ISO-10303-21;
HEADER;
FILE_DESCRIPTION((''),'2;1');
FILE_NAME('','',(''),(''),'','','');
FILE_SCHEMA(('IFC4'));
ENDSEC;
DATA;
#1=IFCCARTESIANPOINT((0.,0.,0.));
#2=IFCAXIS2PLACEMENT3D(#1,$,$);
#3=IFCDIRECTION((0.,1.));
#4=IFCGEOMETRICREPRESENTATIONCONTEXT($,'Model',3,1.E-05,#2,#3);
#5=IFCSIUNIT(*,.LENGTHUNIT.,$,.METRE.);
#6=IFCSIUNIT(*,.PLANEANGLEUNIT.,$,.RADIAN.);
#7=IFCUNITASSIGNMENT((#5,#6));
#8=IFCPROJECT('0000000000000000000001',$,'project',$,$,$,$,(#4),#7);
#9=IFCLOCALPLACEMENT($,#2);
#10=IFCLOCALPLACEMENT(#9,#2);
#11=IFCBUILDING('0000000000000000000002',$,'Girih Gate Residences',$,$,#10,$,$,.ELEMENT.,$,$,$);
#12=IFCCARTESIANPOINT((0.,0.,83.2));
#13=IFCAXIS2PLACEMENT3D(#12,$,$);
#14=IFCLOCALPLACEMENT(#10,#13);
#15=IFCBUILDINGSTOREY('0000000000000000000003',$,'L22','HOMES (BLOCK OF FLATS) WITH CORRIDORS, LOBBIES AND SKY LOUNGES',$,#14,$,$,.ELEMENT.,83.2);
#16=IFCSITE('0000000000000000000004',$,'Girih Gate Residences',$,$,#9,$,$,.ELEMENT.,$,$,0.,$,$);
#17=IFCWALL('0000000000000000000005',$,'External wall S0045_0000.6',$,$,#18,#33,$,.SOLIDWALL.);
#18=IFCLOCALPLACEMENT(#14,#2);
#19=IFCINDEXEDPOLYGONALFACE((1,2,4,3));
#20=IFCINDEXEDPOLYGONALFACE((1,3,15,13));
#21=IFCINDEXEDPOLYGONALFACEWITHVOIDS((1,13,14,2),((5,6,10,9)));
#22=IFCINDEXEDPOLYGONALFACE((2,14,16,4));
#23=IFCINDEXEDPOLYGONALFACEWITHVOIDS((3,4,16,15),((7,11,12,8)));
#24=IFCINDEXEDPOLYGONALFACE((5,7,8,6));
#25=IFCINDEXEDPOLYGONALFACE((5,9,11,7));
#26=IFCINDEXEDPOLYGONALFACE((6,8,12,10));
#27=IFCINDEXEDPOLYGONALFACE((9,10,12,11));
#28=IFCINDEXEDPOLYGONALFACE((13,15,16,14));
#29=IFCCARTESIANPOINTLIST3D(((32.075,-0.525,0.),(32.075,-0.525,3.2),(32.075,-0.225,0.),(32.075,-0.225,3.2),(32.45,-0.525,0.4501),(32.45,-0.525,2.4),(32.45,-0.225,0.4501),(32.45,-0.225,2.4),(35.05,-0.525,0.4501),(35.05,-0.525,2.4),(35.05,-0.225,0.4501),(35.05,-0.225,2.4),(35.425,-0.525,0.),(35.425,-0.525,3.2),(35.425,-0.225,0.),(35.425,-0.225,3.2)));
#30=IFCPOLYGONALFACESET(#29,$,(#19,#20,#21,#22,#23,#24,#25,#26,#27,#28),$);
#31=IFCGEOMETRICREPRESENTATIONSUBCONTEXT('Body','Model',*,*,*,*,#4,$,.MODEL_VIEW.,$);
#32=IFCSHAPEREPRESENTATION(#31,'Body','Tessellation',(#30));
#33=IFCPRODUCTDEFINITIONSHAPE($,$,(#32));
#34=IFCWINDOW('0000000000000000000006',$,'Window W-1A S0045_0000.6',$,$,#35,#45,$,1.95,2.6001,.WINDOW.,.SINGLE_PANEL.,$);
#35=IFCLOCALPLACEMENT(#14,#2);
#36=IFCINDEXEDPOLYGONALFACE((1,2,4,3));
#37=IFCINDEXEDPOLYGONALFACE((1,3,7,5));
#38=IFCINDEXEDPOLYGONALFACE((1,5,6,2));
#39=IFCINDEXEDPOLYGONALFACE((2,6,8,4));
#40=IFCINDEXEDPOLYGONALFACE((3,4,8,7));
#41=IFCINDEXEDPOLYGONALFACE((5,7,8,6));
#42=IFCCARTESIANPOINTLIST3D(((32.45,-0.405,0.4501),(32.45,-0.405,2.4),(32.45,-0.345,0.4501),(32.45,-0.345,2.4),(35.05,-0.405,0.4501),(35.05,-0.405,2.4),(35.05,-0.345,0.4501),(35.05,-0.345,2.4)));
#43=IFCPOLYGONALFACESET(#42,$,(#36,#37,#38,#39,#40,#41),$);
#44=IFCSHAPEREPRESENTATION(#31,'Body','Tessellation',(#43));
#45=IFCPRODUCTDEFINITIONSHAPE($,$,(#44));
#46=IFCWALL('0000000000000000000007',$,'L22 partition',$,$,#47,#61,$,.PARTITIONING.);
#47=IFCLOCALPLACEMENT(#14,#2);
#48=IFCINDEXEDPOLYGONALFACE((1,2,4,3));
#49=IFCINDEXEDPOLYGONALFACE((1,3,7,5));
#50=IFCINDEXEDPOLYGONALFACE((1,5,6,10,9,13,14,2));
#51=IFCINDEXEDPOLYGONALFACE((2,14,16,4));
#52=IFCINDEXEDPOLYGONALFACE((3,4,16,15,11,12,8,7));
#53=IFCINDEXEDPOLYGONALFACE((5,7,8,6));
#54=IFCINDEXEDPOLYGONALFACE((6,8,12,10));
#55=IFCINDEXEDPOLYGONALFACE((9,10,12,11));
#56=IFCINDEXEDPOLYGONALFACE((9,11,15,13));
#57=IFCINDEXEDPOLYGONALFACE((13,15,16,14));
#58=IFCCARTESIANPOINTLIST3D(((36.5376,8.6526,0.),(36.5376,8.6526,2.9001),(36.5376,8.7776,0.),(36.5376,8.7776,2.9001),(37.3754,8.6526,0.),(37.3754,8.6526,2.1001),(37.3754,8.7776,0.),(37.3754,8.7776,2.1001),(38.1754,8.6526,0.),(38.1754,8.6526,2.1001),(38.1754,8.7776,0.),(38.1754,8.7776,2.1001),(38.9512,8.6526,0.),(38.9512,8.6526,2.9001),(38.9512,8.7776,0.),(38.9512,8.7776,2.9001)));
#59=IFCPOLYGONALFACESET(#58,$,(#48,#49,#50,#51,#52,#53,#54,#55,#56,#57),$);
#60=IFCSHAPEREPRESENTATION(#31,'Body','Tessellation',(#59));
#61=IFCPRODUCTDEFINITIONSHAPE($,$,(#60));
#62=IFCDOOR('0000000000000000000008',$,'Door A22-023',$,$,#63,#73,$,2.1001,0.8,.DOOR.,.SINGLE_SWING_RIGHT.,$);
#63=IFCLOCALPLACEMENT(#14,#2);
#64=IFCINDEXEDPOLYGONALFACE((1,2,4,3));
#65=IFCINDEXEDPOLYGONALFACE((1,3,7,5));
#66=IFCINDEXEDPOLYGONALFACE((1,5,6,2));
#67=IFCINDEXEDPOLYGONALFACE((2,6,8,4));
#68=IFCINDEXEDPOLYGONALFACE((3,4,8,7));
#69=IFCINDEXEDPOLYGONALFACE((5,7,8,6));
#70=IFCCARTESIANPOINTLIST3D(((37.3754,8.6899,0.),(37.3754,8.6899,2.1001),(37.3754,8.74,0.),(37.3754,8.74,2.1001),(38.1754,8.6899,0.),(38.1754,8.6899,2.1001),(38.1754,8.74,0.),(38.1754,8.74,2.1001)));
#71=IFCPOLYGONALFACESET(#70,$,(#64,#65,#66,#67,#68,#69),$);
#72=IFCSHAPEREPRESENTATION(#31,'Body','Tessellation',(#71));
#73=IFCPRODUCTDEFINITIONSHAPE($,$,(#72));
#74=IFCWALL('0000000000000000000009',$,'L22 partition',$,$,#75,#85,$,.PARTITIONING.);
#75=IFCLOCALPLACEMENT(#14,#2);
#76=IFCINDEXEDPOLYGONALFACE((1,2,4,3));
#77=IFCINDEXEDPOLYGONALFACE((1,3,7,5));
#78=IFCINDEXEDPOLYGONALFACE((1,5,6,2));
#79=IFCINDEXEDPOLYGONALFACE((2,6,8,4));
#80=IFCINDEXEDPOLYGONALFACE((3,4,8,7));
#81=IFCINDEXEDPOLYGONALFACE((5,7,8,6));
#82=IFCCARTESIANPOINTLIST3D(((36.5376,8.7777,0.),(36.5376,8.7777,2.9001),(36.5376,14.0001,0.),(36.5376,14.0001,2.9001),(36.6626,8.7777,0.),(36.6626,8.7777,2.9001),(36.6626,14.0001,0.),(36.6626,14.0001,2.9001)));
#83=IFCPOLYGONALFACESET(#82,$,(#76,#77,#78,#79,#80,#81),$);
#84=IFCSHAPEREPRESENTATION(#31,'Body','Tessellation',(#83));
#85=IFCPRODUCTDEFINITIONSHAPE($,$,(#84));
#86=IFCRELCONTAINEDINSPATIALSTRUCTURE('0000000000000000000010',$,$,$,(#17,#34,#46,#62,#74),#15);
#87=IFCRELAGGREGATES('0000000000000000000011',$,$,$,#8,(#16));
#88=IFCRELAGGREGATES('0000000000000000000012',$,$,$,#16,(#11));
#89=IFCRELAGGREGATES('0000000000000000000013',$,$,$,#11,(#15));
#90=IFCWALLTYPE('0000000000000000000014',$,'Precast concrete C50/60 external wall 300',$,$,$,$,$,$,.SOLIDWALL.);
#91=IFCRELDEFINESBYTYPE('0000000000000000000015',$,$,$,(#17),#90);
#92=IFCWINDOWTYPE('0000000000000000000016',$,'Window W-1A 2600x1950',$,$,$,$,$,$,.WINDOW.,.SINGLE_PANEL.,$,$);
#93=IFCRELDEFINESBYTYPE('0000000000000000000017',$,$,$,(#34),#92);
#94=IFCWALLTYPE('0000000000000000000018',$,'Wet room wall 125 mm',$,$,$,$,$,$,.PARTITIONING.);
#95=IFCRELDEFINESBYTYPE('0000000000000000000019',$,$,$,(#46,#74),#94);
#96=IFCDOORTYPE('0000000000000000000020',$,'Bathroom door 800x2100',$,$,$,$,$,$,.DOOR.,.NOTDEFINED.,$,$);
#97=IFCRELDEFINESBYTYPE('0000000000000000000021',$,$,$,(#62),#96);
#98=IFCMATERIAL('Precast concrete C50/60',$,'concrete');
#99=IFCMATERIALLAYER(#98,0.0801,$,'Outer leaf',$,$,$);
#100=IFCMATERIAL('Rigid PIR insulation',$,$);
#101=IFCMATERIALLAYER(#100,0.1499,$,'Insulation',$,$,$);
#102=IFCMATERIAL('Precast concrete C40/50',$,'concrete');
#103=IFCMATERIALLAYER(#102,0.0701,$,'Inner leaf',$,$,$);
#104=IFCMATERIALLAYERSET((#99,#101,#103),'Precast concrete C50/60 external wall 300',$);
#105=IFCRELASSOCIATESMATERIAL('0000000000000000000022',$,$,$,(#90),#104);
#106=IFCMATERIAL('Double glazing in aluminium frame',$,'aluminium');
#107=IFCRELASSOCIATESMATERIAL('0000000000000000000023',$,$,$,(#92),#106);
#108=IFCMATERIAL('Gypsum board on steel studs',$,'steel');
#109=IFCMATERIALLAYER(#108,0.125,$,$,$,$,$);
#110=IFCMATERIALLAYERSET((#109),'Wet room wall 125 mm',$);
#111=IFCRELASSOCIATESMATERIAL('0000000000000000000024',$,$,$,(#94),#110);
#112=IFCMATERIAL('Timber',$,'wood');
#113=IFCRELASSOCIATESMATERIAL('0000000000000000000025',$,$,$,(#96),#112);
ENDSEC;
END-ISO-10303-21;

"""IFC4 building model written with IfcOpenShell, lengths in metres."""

from ifc_helpers import new_model, si_unit, direction, frame, frame_2d, origin, place, context, subcontext, project, spatial, rectangle, extrude, material, layer, layer_set, type_object, element, fill, save


model = new_model("IFC4")

# Units and contexts
model_context = context("Model", 3, precision=1e-05, world=origin(), true_north=direction((0.0, 1.0)))
body_context = subcontext(model_context, "Body", "Model", "MODEL_VIEW")
ifc_project = project(units=[si_unit("LENGTHUNIT", "METRE"), si_unit("PLANEANGLEUNIT", "RADIAN")], contexts=[model_context])

# Site, building, storey
site_placement = place(None, origin())
site = spatial("IfcSite", under=ifc_project, at=site_placement, Name="Girih Gate Residences", CompositionType="ELEMENT", RefElevation=0.0)
building_placement = place(site_placement, origin())
building = spatial("IfcBuilding", under=site, at=building_placement, Name="Girih Gate Residences", CompositionType="ELEMENT")
storey_placement = place(building_placement, frame((0.0, 0.0, 83.2)))
storey = spatial("IfcBuildingStorey", under=building, at=storey_placement, Name="L22", Description="HOMES (BLOCK OF FLATS) WITH CORRIDORS, LOBBIES AND SKY LOUNGES", CompositionType="ELEMENT", Elevation=83.2)

# Shared definitions
ifc_material_1 = material(Name="Gypsum board on steel studs", Category="steel")

# Shared definitions
ifc_material_2 = material(Name="Timber", Category="wood")

# Wall, opening, window
ifc_material_3 = material(Name="Precast concrete C50/60", Category="concrete")
ifc_layer_1 = layer(ifc_material_3, 0.0801, Name="Outer leaf")
ifc_material_4 = material(Name="Rigid PIR insulation")
ifc_layer_2 = layer(ifc_material_4, 0.1499, Name="Insulation")
ifc_material_5 = material(Name="Precast concrete C40/50", Category="concrete")
ifc_layer_3 = layer(ifc_material_5, 0.0701, Name="Inner leaf")
ifc_layer_set_1 = layer_set([ifc_layer_1, ifc_layer_2, ifc_layer_3], Name="Precast concrete C50/60 external wall 300")
wall_type_1 = type_object("IfcWallType", Name="Precast concrete C50/60 external wall 300", PredefinedType="SOLIDWALL", material=ifc_layer_set_1)
ifc_material_6 = material(Name="Double glazing in aluminium frame", Category="aluminium")
window_type = type_object("IfcWindowType", Name="Window W-1A 2600x1950", PartitioningType="SINGLE_PANEL", PredefinedType="WINDOW", material=ifc_material_6)
wall_1_placement = place(storey_placement, frame((35.425, -0.375, 0.0), z_axis=(0.0, 0.0, 1.0), x_axis=(-1.0, 0.0, 0.0)))
wall_1 = element("IfcWall", 1, at=wall_1_placement, inside=storey, type_object=wall_type_1, Name="External wall S0045_0000.6", PredefinedType="SOLIDWALL", context=body_context, shape_type="SweptSolid", body=[
    extrude(rectangle(XDim=3.3501, YDim=0.3, at=frame_2d((1.675, 0.0))), origin(), (0.0, 0.0, 1.0), 3.2),
])
opening_1_placement = place(wall_1_placement, frame((0.375, 0.0, 0.45)))
opening_1 = element("IfcOpeningElement", 2, at=opening_1_placement, cuts=wall_1, PredefinedType="OPENING", context=body_context, shape_type="SweptSolid", body=[
    extrude(rectangle(XDim=2.6001, YDim=1.95, at=frame_2d((1.3, 0.9751))), frame((0.0, 0.1599, 0.0), z_axis=(0.0, -1.0, 0.0), x_axis=(1.0, 0.0, 0.0)), (0.0, 0.0, 1.0), 0.3201),
])
window_1_placement = place(opening_1_placement, origin())
window_1 = element("IfcWindow", 3, at=window_1_placement, inside=storey, type_object=window_type, Name="Window W-1A S0045_0000.6", OverallHeight=1.95, OverallWidth=2.6001, PartitioningType="SINGLE_PANEL", PredefinedType="WINDOW", context=body_context, shape_type="SweptSolid", body=[
    extrude(rectangle(XDim=2.6001, YDim=1.95, at=frame_2d((1.3, 0.9751))), frame((0.0, 0.03, 0.0), z_axis=(0.0, -1.0, 0.0), x_axis=(1.0, 0.0, 0.0)), (0.0, 0.0, 1.0), 0.0601),
])
fill(opening_1, window_1)

# Wall, opening, door
ifc_layer_4 = layer(ifc_material_1, 0.125)
ifc_layer_set_2 = layer_set([ifc_layer_4], Name="Wet room wall 125 mm")
wall_type_2 = type_object("IfcWallType", Name="Wet room wall 125 mm", PredefinedType="PARTITIONING", material=ifc_layer_set_2)
wall_2_placement = place(storey_placement, frame((36.5376, 8.7151, 0.0), z_axis=(0.0, 0.0, 1.0), x_axis=(1.0, 0.0, 0.0)))
wall_2 = element("IfcWall", 4, at=wall_2_placement, inside=storey, type_object=wall_type_2, Name="L22 partition", PredefinedType="PARTITIONING", context=body_context, shape_type="SweptSolid", body=[
    extrude(rectangle(XDim=2.4136, YDim=0.125, at=frame_2d((1.2068, 0.0))), origin(), (0.0, 0.0, 1.0), 2.9001),
])
opening_2_placement = place(wall_2_placement, frame((0.8379, 0.0, 0.0)))
opening_2 = element("IfcOpeningElement", 5, at=opening_2_placement, cuts=wall_2, PredefinedType="OPENING", context=body_context, shape_type="SweptSolid", body=[
    extrude(rectangle(XDim=0.8, YDim=2.1001, at=frame_2d((0.3999, 1.05))), frame((0.0, 0.0725, 0.0), z_axis=(0.0, -1.0, 0.0), x_axis=(1.0, 0.0, 0.0)), (0.0, 0.0, 1.0), 0.145),
])
door_type_1 = type_object("IfcDoorType", Name="Bathroom door 800x2100", OperationType="NOTDEFINED", PredefinedType="DOOR", material=ifc_material_2)
door_1_placement = place(opening_2_placement, origin())
door_1 = element("IfcDoor", 6, at=door_1_placement, inside=storey, type_object=door_type_1, Name="Door A22-023", OperationType="SINGLE_SWING_RIGHT", OverallHeight=2.1001, OverallWidth=0.8, PredefinedType="DOOR", context=body_context, shape_type="SweptSolid", body=[
    extrude(rectangle(XDim=0.8, YDim=2.1001, at=frame_2d((0.3999, 1.05))), frame((0.0, 0.0249, 0.0), z_axis=(0.0, -1.0, 0.0), x_axis=(1.0, 0.0, 0.0)), (0.0, 0.0, 1.0), 0.05),
])
fill(opening_2, door_1)

# Wall
wall_3_placement = place(storey_placement, frame((36.6001, 8.7776, 0.0), z_axis=(0.0, 0.0, 1.0), x_axis=(0.0, 1.0, 0.0)))
element("IfcWall", 7, at=wall_3_placement, inside=storey, type_object=wall_type_2, Name="L22 partition", PredefinedType="PARTITIONING", context=body_context, shape_type="SweptSolid", body=[
    extrude(rectangle(XDim=5.2224, YDim=0.125, at=frame_2d((2.6113, 0.0))), origin(), (0.0, 0.0, 1.0), 2.9001),
])

save(model, "model.ifc")
